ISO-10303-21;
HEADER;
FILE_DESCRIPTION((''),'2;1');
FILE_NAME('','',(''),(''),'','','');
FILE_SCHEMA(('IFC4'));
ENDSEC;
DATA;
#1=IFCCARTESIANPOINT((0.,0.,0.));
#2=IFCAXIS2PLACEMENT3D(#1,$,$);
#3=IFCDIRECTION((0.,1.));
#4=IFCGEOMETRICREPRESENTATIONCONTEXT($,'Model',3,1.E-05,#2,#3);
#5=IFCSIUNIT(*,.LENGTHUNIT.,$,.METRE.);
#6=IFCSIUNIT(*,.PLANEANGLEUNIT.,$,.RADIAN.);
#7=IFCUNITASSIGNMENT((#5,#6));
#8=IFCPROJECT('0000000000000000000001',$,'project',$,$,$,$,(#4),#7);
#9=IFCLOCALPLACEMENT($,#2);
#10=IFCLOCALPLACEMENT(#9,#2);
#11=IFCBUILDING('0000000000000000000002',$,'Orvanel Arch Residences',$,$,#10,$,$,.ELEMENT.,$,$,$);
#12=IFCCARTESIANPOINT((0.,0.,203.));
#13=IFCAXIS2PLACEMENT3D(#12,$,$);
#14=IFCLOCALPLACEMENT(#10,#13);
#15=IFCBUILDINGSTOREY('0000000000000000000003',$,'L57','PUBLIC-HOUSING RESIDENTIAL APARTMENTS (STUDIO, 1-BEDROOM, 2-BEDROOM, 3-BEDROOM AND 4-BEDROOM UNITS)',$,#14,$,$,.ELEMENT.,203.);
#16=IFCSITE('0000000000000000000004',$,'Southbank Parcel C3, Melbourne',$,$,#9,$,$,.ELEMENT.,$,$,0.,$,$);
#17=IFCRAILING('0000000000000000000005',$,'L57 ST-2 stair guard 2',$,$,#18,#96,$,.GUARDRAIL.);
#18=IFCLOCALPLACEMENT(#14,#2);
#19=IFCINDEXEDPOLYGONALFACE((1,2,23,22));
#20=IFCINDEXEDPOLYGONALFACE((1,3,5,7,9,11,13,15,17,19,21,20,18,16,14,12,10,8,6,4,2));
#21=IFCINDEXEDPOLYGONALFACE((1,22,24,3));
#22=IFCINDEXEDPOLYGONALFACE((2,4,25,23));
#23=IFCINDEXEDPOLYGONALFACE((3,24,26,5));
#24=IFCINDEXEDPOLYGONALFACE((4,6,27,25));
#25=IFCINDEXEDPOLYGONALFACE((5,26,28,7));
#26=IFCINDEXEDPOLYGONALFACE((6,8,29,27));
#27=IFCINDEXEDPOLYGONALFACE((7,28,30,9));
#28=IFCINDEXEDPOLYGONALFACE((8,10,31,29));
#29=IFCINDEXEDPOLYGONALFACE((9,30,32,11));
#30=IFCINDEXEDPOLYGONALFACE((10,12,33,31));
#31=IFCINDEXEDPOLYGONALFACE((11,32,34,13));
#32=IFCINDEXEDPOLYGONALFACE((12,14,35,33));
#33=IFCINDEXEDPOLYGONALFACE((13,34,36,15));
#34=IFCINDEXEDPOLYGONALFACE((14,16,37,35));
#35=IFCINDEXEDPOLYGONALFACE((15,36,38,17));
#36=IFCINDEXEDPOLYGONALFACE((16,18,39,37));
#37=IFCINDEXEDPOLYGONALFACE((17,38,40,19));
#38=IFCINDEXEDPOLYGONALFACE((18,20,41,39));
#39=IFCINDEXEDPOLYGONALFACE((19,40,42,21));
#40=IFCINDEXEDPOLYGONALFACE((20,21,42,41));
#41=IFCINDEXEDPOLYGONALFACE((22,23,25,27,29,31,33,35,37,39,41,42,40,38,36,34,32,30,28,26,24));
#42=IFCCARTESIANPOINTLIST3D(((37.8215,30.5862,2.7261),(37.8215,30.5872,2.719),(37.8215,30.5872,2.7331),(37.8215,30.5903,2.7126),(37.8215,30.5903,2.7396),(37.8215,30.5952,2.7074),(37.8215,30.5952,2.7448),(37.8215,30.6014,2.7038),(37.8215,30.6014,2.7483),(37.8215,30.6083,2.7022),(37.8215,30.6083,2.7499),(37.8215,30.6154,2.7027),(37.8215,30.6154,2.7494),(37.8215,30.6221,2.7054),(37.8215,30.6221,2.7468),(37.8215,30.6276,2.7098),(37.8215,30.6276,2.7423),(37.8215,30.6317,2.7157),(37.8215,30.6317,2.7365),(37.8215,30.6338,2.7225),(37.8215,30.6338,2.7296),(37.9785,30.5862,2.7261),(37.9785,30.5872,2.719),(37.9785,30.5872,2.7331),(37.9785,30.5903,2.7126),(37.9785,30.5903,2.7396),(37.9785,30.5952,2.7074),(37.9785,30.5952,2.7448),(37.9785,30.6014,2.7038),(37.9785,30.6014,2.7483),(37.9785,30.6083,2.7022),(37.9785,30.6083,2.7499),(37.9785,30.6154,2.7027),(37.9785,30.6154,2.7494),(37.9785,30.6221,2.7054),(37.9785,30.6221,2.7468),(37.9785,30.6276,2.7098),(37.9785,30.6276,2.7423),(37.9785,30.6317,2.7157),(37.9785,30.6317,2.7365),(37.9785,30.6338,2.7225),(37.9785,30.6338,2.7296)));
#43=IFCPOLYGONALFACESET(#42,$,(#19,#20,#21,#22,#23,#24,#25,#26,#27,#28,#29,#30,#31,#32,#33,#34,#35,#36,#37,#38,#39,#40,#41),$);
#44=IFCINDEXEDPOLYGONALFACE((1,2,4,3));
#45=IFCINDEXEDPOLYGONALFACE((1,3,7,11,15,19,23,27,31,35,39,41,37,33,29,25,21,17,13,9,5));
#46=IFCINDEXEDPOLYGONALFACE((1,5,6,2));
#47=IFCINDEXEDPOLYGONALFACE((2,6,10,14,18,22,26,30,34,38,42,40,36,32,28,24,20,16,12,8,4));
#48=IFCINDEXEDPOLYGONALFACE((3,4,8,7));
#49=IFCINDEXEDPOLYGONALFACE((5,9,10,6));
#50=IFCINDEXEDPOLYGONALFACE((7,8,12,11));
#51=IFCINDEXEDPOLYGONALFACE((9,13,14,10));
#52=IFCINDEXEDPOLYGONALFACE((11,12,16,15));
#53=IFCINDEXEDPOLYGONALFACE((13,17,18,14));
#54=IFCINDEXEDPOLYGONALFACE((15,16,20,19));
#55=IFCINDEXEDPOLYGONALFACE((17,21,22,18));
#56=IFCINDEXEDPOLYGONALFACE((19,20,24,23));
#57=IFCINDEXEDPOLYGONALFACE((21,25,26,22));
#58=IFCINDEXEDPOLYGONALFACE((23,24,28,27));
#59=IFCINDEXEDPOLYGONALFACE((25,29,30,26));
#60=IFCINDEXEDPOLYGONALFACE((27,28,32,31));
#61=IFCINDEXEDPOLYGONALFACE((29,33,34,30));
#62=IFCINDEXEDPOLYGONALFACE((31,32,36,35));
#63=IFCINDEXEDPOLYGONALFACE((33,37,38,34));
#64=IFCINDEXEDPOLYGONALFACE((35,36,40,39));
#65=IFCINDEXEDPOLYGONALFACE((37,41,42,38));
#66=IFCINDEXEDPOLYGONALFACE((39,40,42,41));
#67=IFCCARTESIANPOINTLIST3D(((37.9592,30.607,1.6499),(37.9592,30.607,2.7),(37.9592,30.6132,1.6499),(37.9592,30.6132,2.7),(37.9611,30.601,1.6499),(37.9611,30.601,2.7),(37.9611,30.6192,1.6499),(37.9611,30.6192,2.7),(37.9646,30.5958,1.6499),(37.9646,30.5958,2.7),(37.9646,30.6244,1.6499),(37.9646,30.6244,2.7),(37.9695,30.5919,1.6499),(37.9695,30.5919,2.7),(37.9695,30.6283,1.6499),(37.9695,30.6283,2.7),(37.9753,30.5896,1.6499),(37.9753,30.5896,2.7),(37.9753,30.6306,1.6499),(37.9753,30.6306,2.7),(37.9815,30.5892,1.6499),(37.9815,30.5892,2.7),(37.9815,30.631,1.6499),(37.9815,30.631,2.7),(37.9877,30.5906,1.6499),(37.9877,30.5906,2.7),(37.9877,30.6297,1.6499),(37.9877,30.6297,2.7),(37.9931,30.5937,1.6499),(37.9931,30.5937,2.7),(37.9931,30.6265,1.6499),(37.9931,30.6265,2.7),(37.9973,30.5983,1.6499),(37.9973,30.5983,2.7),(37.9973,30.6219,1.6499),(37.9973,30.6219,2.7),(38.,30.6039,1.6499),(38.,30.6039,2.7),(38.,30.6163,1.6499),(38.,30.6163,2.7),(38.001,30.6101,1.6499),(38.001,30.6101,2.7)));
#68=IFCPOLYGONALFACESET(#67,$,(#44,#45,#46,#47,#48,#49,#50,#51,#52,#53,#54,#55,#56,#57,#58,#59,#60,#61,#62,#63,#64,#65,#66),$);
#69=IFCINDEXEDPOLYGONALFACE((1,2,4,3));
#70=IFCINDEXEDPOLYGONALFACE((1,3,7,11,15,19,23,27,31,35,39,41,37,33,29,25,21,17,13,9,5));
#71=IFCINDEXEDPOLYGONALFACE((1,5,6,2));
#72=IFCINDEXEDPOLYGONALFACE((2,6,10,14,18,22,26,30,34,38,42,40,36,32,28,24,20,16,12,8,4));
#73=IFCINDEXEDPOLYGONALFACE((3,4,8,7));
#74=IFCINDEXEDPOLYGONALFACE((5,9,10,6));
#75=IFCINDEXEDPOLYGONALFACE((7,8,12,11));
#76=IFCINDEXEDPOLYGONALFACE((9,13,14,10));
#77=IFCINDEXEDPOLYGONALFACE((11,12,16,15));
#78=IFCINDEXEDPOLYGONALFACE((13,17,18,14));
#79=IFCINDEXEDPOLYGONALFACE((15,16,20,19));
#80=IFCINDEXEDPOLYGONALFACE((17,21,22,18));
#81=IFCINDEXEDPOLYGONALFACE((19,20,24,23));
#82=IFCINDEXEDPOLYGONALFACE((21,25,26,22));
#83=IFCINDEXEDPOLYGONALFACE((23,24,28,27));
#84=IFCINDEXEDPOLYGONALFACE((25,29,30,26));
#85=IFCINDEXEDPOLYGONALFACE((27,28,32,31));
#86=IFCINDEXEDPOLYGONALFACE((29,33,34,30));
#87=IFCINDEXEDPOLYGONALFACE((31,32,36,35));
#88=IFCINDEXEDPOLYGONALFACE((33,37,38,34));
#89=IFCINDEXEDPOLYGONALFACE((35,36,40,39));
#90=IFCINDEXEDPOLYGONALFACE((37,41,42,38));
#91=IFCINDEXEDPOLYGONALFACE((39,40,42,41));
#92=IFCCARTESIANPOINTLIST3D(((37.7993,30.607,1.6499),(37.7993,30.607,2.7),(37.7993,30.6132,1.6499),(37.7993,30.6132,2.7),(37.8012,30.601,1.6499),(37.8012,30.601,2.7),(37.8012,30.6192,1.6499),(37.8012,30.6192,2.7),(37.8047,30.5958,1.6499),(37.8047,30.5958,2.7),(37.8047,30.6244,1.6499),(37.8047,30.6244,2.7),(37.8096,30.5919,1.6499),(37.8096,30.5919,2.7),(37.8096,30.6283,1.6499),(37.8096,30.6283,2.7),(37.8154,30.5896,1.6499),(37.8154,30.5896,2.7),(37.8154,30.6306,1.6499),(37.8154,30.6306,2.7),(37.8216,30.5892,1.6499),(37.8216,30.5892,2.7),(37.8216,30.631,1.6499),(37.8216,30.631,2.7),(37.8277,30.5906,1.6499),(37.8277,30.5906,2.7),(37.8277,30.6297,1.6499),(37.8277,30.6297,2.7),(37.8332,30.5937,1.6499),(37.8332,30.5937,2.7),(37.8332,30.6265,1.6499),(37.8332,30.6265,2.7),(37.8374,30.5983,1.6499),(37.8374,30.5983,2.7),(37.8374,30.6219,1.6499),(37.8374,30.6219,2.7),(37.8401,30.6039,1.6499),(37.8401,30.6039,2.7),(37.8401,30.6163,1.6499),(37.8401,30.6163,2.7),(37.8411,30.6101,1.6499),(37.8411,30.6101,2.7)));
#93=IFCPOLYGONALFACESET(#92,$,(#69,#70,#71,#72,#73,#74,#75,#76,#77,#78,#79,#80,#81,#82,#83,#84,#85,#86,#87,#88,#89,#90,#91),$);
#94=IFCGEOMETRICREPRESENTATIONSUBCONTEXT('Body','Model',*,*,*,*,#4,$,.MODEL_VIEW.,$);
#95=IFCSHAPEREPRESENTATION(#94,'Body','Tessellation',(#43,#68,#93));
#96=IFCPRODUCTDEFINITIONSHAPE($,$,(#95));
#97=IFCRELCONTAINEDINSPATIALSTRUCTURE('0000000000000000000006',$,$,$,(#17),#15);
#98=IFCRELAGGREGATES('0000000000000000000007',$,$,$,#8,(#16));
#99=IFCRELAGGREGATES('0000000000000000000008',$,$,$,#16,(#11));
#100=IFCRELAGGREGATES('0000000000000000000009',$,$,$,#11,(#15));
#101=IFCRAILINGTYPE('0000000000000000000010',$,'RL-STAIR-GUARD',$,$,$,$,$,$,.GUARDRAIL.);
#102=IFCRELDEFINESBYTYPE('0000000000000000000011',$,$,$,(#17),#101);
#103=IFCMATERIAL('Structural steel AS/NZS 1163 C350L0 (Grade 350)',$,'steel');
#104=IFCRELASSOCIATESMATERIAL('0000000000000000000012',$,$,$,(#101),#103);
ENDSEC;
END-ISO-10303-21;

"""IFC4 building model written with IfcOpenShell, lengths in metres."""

from ifc_helpers import new_model, si_unit, direction, frame, origin, origin_2d, place, context, subcontext, project, spatial, circle, extrude, material, type_object, element, save


model = new_model("IFC4")

# Units and contexts
model_context = context("Model", 3, precision=1e-05, world=origin(), true_north=direction((0.0, 1.0)))
body_context = subcontext(model_context, "Body", "Model", "MODEL_VIEW")
ifc_project = project(units=[si_unit("LENGTHUNIT", "METRE"), si_unit("PLANEANGLEUNIT", "RADIAN")], contexts=[model_context])

# Site, building, storey
site_placement = place(None, origin())
site = spatial("IfcSite", under=ifc_project, at=site_placement, Name="Southbank Parcel C3, Melbourne", CompositionType="ELEMENT", RefElevation=0.0)
building_placement = place(site_placement, origin())
building = spatial("IfcBuilding", under=site, at=building_placement, Name="Orvanel Arch Residences", CompositionType="ELEMENT")
storey_placement = place(building_placement, frame((0.0, 0.0, 203.0)))
storey = spatial("IfcBuildingStorey", under=building, at=storey_placement, Name="L57", Description="PUBLIC-HOUSING RESIDENTIAL APARTMENTS (STUDIO, 1-BEDROOM, 2-BEDROOM, 3-BEDROOM AND 4-BEDROOM UNITS)", CompositionType="ELEMENT", Elevation=203.0)

# Railing
ifc_material_1 = material(Name="Structural steel AS/NZS 1163 C350L0 (Grade 350)", Category="steel")
railing_type_1 = type_object("IfcRailingType", Name="RL-STAIR-GUARD", PredefinedType="GUARDRAIL", material=ifc_material_1)
railing_1_placement = place(storey_placement, frame((37.98, 30.6101, 1.6499)))
element("IfcRailing", 1, at=railing_1_placement, inside=storey, type_object=railing_type_1, Name="L57 ST-2 stair guard 2", PredefinedType="GUARDRAIL", context=body_context, shape_type="SweptSolid", body=[
    extrude(circle(Radius=0.0239, at=origin_2d()), frame((-0.0015, 0.0, 1.0762), z_axis=(-1.0, 0.0, 0.0), x_axis=(0.0, -1.0, 0.0)), (0.0, 0.0, 1.0), 0.157),
    extrude(circle(Radius=0.021, at=origin_2d()), origin(), (0.0, 0.0, 1.0), 1.05),
    extrude(circle(Radius=0.021, at=origin_2d()), frame((-0.1599, 0.0, 0.0)), (0.0, 0.0, 1.0), 1.05),
])

save(model, "model.ifc")
